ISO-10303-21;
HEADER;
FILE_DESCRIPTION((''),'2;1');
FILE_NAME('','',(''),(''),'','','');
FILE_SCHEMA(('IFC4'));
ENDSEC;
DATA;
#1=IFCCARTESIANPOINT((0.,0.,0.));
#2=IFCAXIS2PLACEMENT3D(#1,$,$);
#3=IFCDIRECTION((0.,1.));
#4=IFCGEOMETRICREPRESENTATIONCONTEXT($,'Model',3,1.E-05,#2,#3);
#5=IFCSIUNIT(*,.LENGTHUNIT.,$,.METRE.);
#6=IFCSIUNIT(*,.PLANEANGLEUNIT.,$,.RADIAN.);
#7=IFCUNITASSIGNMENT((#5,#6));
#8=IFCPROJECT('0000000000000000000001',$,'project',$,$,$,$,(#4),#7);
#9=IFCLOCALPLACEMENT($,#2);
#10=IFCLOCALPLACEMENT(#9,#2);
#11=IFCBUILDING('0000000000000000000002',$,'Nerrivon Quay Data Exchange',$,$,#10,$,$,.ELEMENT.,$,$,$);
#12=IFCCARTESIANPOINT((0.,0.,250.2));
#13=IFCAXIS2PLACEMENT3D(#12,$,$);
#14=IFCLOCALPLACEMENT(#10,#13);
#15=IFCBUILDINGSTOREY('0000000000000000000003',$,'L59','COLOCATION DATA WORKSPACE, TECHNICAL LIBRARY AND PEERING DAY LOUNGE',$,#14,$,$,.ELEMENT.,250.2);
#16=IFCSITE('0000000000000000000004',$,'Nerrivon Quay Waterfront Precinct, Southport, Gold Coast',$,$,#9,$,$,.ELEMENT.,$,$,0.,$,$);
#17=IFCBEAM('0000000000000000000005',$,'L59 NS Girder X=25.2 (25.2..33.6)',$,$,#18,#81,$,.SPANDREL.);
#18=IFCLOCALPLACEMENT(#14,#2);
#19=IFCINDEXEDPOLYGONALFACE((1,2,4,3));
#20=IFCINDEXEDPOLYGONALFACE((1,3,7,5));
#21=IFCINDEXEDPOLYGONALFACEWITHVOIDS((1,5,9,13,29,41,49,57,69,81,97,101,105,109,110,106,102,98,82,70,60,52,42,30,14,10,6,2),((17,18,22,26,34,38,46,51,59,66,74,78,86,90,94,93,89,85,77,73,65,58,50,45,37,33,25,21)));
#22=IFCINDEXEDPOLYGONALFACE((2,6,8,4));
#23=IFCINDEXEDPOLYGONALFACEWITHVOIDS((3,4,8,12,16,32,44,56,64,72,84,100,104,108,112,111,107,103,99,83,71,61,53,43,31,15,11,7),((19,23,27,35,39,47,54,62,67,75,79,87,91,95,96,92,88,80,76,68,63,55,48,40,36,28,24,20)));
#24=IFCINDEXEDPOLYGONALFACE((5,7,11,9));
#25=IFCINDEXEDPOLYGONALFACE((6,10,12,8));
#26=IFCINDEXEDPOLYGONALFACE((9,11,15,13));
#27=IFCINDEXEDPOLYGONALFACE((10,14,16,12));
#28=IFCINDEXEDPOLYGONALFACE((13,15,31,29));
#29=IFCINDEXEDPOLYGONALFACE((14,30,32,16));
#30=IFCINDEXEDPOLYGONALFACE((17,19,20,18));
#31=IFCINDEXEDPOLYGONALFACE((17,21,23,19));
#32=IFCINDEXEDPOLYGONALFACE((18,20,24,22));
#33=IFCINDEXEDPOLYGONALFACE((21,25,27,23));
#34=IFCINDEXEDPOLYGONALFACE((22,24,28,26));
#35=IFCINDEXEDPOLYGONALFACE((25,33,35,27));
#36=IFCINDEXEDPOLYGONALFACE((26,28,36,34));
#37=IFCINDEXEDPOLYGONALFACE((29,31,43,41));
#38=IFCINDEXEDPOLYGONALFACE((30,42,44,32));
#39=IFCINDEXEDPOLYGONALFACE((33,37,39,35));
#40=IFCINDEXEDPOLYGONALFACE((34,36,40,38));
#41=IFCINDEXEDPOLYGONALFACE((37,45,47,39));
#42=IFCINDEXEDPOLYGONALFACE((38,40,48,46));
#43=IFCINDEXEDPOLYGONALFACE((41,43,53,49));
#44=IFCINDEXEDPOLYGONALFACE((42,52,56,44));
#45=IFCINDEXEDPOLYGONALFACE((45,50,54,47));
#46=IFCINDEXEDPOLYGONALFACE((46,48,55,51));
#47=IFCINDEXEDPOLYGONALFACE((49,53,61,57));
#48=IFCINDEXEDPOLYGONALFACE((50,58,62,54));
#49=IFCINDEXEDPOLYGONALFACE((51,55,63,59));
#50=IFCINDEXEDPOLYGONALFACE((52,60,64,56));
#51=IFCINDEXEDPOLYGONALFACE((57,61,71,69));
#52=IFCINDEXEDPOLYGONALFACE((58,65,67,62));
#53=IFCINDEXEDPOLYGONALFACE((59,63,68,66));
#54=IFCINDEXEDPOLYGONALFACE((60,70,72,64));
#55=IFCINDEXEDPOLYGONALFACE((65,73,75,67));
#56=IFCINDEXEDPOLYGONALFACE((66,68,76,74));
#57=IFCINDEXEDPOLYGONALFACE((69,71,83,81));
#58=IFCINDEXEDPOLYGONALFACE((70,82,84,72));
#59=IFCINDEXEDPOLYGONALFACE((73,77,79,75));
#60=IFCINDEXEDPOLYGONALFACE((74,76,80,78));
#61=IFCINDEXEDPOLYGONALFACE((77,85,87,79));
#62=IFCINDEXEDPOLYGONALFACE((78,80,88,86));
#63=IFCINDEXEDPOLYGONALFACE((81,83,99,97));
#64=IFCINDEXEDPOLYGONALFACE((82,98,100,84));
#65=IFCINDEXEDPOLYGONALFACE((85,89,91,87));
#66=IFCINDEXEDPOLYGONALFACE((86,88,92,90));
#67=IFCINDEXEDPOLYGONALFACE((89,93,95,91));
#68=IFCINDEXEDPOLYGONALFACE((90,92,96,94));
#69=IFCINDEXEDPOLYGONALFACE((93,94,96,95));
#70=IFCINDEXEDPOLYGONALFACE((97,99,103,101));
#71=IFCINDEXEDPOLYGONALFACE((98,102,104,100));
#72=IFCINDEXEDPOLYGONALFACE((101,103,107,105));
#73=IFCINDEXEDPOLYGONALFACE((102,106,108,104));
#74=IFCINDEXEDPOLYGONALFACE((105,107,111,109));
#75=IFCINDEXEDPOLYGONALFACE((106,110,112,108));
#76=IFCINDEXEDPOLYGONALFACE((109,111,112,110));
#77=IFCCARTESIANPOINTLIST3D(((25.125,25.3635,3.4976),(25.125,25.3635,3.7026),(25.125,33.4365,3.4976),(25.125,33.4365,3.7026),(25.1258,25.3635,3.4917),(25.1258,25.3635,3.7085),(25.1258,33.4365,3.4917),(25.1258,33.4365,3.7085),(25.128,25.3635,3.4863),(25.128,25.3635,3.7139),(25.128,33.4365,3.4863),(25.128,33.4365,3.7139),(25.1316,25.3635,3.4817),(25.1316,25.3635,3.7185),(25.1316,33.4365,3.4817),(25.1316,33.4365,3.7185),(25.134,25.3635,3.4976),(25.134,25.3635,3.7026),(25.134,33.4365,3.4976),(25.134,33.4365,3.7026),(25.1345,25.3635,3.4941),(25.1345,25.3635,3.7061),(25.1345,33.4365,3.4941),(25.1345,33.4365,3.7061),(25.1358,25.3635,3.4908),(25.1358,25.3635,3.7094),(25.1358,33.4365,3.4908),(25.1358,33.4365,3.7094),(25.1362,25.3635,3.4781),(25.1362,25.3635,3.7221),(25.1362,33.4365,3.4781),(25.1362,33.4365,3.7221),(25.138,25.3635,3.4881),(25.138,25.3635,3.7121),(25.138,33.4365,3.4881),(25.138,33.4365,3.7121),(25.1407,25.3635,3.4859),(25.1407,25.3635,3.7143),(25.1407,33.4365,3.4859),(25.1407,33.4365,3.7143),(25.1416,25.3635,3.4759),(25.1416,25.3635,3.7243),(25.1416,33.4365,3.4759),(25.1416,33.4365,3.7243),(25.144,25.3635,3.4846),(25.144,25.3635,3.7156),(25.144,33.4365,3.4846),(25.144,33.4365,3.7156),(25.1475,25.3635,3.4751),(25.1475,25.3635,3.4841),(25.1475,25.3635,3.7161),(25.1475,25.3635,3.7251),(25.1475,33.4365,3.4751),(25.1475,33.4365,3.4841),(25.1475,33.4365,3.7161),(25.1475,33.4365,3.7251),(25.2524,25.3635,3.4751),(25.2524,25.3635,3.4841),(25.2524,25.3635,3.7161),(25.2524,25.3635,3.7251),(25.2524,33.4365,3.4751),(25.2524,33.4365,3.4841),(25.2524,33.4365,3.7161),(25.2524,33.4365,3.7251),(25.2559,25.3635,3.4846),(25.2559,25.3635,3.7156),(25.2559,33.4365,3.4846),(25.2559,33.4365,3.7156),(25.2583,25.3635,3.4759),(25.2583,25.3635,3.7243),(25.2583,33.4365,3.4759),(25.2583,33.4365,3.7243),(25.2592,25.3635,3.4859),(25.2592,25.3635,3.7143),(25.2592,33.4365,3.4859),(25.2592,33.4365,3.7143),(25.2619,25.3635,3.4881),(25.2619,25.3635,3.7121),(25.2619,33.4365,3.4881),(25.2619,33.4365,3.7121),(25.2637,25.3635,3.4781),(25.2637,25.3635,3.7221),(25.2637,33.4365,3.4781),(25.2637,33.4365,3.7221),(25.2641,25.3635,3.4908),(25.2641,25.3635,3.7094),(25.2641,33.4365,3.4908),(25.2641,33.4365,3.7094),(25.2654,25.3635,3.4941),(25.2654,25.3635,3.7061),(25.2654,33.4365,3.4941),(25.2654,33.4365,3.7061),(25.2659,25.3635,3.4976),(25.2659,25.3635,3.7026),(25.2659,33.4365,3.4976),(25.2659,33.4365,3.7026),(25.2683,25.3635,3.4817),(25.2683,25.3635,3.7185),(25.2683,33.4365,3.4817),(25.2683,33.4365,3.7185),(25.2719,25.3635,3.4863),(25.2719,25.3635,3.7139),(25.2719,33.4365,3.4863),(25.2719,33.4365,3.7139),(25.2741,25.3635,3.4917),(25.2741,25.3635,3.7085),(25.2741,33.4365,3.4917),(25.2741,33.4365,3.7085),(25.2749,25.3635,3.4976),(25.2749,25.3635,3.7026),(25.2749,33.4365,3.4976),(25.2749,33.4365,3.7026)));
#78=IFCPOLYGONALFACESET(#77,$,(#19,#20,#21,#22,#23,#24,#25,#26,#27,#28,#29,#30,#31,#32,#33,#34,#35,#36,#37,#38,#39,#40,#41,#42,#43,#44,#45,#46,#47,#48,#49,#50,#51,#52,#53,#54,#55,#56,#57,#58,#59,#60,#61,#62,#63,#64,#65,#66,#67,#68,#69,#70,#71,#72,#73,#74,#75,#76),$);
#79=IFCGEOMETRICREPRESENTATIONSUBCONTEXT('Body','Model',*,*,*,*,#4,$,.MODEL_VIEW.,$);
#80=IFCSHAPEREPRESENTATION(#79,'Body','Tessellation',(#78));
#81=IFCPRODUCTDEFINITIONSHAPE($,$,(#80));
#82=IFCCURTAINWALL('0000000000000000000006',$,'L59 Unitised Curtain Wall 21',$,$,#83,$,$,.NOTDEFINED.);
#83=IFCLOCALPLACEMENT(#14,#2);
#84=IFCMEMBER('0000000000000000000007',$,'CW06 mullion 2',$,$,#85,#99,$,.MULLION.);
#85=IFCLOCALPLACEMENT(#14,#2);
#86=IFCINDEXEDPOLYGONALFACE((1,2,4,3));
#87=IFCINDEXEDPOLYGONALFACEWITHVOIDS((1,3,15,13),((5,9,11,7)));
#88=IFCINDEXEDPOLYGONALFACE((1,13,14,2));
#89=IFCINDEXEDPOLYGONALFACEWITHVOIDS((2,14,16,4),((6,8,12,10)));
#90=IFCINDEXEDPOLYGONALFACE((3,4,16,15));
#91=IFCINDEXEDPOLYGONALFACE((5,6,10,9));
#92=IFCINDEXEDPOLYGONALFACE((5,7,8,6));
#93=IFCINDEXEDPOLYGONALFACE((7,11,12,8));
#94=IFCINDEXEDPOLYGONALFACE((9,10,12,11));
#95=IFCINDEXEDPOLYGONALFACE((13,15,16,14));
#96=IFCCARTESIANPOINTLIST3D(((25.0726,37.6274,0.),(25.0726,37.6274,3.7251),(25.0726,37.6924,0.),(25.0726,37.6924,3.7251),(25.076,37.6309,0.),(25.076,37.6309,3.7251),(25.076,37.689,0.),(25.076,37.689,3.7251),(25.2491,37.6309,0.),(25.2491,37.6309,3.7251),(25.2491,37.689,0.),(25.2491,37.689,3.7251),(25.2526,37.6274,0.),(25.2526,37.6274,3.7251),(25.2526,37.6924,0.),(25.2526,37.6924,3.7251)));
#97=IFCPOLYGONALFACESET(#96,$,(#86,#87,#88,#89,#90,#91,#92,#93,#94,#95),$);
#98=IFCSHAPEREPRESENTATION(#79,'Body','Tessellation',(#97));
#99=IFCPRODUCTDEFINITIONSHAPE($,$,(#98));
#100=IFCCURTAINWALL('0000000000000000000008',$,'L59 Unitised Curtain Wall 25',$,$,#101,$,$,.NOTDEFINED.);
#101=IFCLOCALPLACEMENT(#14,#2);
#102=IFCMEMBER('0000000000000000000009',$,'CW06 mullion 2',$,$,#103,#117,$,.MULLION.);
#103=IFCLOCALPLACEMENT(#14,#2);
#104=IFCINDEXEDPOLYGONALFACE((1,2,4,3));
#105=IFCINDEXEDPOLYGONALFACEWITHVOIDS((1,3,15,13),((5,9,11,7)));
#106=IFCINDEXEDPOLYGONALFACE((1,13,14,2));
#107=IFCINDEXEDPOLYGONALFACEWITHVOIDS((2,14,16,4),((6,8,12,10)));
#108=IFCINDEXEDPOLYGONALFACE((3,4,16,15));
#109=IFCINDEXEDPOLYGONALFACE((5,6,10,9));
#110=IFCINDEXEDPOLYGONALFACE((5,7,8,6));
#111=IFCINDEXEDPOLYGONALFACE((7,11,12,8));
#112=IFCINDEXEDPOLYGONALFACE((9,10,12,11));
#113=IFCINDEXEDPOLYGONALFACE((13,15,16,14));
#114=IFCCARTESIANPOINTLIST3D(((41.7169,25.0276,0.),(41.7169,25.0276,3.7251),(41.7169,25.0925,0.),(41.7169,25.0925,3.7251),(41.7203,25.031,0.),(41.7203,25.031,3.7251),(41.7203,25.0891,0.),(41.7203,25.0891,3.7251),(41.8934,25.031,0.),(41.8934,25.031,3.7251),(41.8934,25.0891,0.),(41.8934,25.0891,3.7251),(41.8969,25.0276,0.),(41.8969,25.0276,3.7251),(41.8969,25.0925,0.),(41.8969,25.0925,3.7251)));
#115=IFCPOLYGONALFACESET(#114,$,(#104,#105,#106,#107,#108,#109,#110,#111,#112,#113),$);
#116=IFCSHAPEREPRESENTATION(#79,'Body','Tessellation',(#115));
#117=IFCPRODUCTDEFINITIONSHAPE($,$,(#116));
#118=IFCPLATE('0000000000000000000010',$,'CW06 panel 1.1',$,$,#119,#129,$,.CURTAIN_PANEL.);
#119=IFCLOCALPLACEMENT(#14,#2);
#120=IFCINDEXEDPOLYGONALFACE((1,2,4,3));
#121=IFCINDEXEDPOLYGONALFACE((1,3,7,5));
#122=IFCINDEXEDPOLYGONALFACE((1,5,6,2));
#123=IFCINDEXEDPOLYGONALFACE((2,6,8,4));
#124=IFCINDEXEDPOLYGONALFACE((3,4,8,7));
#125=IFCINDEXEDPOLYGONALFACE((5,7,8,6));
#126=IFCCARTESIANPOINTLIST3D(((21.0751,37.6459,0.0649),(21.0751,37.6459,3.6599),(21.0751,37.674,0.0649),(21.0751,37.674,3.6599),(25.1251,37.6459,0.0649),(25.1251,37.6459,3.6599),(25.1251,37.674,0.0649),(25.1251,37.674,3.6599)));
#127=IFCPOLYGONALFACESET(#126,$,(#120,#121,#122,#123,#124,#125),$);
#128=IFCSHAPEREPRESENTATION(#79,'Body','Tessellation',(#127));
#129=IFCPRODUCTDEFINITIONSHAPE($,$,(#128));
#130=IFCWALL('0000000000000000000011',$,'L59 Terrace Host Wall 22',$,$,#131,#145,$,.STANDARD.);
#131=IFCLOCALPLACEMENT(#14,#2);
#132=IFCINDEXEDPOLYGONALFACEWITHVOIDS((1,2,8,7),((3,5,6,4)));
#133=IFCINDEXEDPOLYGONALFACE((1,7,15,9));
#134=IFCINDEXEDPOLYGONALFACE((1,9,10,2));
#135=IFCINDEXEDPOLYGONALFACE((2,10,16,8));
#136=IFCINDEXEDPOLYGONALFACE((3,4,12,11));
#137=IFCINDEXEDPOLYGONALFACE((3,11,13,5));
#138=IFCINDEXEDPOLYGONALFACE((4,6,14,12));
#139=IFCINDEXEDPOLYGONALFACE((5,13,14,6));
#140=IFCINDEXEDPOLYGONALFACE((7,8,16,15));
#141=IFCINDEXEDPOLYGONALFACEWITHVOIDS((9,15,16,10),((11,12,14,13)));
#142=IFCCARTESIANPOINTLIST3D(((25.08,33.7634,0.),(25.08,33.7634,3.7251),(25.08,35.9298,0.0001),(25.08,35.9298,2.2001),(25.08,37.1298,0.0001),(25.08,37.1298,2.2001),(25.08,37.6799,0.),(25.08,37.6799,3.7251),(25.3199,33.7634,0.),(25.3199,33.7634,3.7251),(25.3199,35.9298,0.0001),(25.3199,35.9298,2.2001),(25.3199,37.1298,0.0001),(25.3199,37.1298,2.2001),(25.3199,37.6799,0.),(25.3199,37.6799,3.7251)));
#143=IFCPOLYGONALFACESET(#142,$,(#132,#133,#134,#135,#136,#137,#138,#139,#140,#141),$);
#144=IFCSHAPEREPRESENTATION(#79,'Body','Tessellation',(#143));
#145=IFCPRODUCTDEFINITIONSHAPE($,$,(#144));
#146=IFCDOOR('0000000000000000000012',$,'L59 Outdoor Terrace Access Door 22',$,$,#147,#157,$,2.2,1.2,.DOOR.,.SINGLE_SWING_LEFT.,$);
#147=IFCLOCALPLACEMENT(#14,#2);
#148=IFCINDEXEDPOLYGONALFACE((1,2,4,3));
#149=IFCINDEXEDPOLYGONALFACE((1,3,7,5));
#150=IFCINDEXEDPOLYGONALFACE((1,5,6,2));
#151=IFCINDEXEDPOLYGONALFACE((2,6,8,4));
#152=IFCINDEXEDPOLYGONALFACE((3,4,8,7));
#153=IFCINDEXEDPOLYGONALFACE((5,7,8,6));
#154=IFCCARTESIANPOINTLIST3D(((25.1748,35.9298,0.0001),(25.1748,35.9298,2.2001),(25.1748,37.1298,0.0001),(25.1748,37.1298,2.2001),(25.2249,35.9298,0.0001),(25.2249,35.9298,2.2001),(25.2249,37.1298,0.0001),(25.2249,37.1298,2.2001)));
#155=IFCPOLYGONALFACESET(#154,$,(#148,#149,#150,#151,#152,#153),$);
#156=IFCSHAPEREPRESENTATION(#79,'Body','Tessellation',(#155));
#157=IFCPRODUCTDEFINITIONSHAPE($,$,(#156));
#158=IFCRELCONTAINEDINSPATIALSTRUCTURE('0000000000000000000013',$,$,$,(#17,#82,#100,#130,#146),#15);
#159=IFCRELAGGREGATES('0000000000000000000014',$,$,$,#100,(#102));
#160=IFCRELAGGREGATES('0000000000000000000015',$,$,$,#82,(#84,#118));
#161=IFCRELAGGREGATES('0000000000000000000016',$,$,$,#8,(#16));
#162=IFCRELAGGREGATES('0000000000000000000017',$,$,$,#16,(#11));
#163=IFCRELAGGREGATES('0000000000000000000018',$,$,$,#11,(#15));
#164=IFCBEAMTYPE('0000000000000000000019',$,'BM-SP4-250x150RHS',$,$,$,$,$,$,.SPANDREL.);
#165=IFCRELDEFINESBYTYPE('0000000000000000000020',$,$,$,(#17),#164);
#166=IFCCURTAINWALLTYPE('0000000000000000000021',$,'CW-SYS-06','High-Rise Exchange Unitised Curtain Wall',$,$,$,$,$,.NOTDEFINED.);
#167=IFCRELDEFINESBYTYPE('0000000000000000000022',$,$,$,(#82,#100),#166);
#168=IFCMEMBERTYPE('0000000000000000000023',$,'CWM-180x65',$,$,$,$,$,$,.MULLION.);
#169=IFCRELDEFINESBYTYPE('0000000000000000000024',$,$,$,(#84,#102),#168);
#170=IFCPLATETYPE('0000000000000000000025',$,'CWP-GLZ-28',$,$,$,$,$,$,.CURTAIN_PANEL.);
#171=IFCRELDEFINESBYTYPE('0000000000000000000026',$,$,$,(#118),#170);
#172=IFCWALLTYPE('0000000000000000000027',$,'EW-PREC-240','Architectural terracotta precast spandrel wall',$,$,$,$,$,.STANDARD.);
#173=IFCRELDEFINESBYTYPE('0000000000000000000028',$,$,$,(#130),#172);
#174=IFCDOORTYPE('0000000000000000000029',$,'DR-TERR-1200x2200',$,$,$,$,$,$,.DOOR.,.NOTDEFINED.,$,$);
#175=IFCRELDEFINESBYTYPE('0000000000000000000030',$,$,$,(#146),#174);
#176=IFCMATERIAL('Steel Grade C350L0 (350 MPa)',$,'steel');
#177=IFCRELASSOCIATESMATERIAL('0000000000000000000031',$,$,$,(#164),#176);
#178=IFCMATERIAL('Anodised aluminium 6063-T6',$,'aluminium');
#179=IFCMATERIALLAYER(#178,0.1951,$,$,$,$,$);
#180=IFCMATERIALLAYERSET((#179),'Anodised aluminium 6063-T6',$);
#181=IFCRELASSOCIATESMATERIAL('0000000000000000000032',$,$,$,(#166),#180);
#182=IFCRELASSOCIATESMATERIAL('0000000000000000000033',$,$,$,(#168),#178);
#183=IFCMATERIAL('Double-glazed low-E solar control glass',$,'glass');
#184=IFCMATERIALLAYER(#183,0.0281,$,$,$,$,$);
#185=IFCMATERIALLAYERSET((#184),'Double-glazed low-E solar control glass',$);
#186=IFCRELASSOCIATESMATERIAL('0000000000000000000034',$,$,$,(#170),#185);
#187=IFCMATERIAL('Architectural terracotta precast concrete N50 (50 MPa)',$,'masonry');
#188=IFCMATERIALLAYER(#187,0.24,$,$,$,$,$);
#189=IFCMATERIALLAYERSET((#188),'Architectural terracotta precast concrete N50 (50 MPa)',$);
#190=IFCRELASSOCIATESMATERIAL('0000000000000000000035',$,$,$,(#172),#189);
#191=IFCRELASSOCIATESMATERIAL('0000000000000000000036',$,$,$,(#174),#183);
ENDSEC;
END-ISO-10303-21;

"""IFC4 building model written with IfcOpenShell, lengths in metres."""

from ifc_helpers import new_model, si_unit, direction, frame, frame_2d, origin, origin_2d, place, context, subcontext, project, spatial, rectangle, hollow_rectangle, extrude, material, layer, layer_set, material_profile, profile_set, type_object, element, fill, aggregate, save


model = new_model("IFC4")

# Units and contexts
model_context = context("Model", 3, precision=1e-05, world=origin(), true_north=direction((0.0, 1.0)))
body_context = subcontext(model_context, "Body", "Model", "MODEL_VIEW")
ifc_project = project(units=[si_unit("LENGTHUNIT", "METRE"), si_unit("PLANEANGLEUNIT", "RADIAN")], contexts=[model_context])

# Site, building, storey
site_placement = place(None, origin())
site = spatial("IfcSite", under=ifc_project, at=site_placement, Name="Nerrivon Quay Waterfront Precinct, Southport, Gold Coast", CompositionType="ELEMENT", RefElevation=0.0)
building_placement = place(site_placement, origin())
building = spatial("IfcBuilding", under=site, at=building_placement, Name="Nerrivon Quay Data Exchange", CompositionType="ELEMENT")
storey_placement = place(building_placement, frame((0.0, 0.0, 250.2)))
storey = spatial("IfcBuildingStorey", under=building, at=storey_placement, Name="L59", Description="COLOCATION DATA WORKSPACE, TECHNICAL LIBRARY AND PEERING DAY LOUNGE", CompositionType="ELEMENT", Elevation=250.2)

# Beam
ifc_material_1 = material(Name="Steel Grade C350L0 (350 MPa)", Category="steel")
ifc_material_profile_1 = material_profile(ifc_material_1, hollow_rectangle(XDim=0.1499, YDim=0.25, WallThickness=0.009, InnerFilletRadius=0.0134, OuterFilletRadius=0.0225, at=origin_2d()), Name="250x150x9.0RHS")
ifc_profile_set_1 = profile_set([ifc_material_profile_1], Name="Steel Grade C350L0 (350 MPa)")
beam_type = type_object("IfcBeamType", Name="BM-SP4-250x150RHS", PredefinedType="SPANDREL", material=ifc_profile_set_1)
beam_placement = place(storey_placement, frame((25.2, 25.3635, 3.6001), z_axis=(0.0, 1.0, 0.0), x_axis=(-1.0, 0.0, 0.0)))
element("IfcBeam", 1, at=beam_placement, inside=storey, type_object=beam_type, Name="L59 NS Girder X=25.2 (25.2..33.6)", PredefinedType="SPANDREL", context=body_context, shape_type="SweptSolid", body=[
    extrude(hollow_rectangle(XDim=0.1499, YDim=0.25, WallThickness=0.009, InnerFilletRadius=0.0134, OuterFilletRadius=0.0225, at=origin_2d()), origin(), (0.0, 0.0, 1.0), 8.073),
])

# Curtain walls, members
ifc_material_2 = material(Name="Anodised aluminium 6063-T6", Category="aluminium")
ifc_layer_1 = layer(ifc_material_2, 0.1951)
ifc_layer_set_1 = layer_set([ifc_layer_1], Name="Anodised aluminium 6063-T6")
curtain_wall_type = type_object("IfcCurtainWallType", Name="CW-SYS-06", Description="High-Rise Exchange Unitised Curtain Wall", PredefinedType="NOTDEFINED", material=ifc_layer_set_1)
curtain_wall_1_placement = place(storey_placement, origin())
curtain_wall_1 = element("IfcCurtainWall", 2, at=curtain_wall_1_placement, inside=storey, type_object=curtain_wall_type, Name="L59 Unitised Curtain Wall 21", PredefinedType="NOTDEFINED")
ifc_material_profile_2 = material_profile(ifc_material_2, hollow_rectangle(XDim=0.0649, YDim=0.1799, WallThickness=0.0034, at=origin_2d()), Name="ALU-MULL-180x65")
ifc_profile_set_2 = profile_set([ifc_material_profile_2], Name="Anodised aluminium 6063-T6")
member_type = type_object("IfcMemberType", Name="CWM-180x65", PredefinedType="MULLION", material=ifc_profile_set_2)
member_1_placement = place(storey_placement, frame((25.1626, 37.6599, 0.0), z_axis=(0.0, 0.0, 1.0), x_axis=(0.0, 1.0, 0.0)))
member_1 = element("IfcMember", 3, at=member_1_placement, type_object=member_type, Name="CW06 mullion 2", PredefinedType="MULLION", context=body_context, shape_type="SweptSolid", body=[
    extrude(hollow_rectangle(XDim=0.0649, YDim=0.1799, WallThickness=0.0034, at=origin_2d()), origin(), (0.0, 0.0, 1.0), 3.7251),
])
curtain_wall_2_placement = place(storey_placement, origin())
curtain_wall_2 = element("IfcCurtainWall", 4, at=curtain_wall_2_placement, inside=storey, type_object=curtain_wall_type, Name="L59 Unitised Curtain Wall 25", PredefinedType="NOTDEFINED")
member_2_placement = place(storey_placement, frame((41.8069, 25.0601, 0.0), z_axis=(0.0, 0.0, 1.0), x_axis=(0.0, 1.0, 0.0)))
member_2 = element("IfcMember", 5, at=member_2_placement, type_object=member_type, Name="CW06 mullion 2", PredefinedType="MULLION", context=body_context, shape_type="SweptSolid", body=[
    extrude(hollow_rectangle(XDim=0.0649, YDim=0.1799, WallThickness=0.0034, at=origin_2d()), origin(), (0.0, 0.0, 1.0), 3.7251),
])
aggregate(curtain_wall_2, [member_2])

# Plate
ifc_material_3 = material(Name="Double-glazed low-E solar control glass", Category="glass")
ifc_layer_2 = layer(ifc_material_3, 0.0281)
ifc_layer_set_2 = layer_set([ifc_layer_2], Name="Double-glazed low-E solar control glass")
plate_type = type_object("IfcPlateType", Name="CWP-GLZ-28", PredefinedType="CURTAIN_PANEL", material=ifc_layer_set_2)
plate_placement = place(storey_placement, frame((23.1001, 37.6599, 0.0649), z_axis=(0.0, 0.0, 1.0), x_axis=(1.0, 0.0, 0.0)))
plate = element("IfcPlate", 6, at=plate_placement, type_object=plate_type, Name="CW06 panel 1.1", PredefinedType="CURTAIN_PANEL", context=body_context, shape_type="SweptSolid", body=[
    extrude(rectangle(XDim=4.05, YDim=0.0281, at=origin_2d()), origin(), (0.0, 0.0, 1.0), 3.595),
])
aggregate(curtain_wall_1, [member_1, plate])

# Wall, opening, door
ifc_material_4 = material(Name="Architectural terracotta precast concrete N50 (50 MPa)", Category="masonry")
ifc_layer_3 = layer(ifc_material_4, 0.24)
ifc_layer_set_3 = layer_set([ifc_layer_3], Name="Architectural terracotta precast concrete N50 (50 MPa)")
wall_type = type_object("IfcWallType", Name="EW-PREC-240", Description="Architectural terracotta precast spandrel wall", PredefinedType="STANDARD", material=ifc_layer_set_3)
wall_1_placement = place(storey_placement, frame((25.2, 37.6799, 0.0), z_axis=(0.0, 0.0, 1.0), x_axis=(0.0, -1.0, 0.0)))
wall_1 = element("IfcWall", 7, at=wall_1_placement, inside=storey, type_object=wall_type, Name="L59 Terrace Host Wall 22", PredefinedType="STANDARD", context=body_context, shape_type="SweptSolid", body=[
    extrude(rectangle(XDim=3.9165, YDim=0.24, at=frame_2d((1.9583, 0.0))), origin(), (0.0, 0.0, 1.0), 3.7251),
])
opening_1_placement = place(wall_1_placement, frame((0.55, 0.0, 0.0)))
opening_1 = element("IfcOpeningElement", 8, at=opening_1_placement, cuts=wall_1, PredefinedType="OPENING", context=body_context, shape_type="SweptSolid", body=[
    extrude(rectangle(XDim=1.2, YDim=2.2, at=frame_2d((0.6001, 1.1001))), frame((0.0, 0.1299, 0.0), z_axis=(0.0, -1.0, 0.0), x_axis=(1.0, 0.0, 0.0)), (0.0, 0.0, 1.0), 0.26),
])
door_type = type_object("IfcDoorType", Name="DR-TERR-1200x2200", OperationType="NOTDEFINED", PredefinedType="DOOR", material=ifc_material_3)
door_1_placement = place(opening_1_placement, origin())
door_1 = element("IfcDoor", 9, at=door_1_placement, inside=storey, type_object=door_type, Name="L59 Outdoor Terrace Access Door 22", OperationType="SINGLE_SWING_LEFT", OverallHeight=2.2, OverallWidth=1.2, PredefinedType="DOOR", context=body_context, shape_type="SweptSolid", body=[
    extrude(rectangle(XDim=1.2, YDim=2.2, at=frame_2d((0.6001, 1.1001))), frame((0.0, 0.0249, 0.0), z_axis=(0.0, -1.0, 0.0), x_axis=(1.0, 0.0, 0.0)), (0.0, 0.0, 1.0), 0.05),
])
fill(opening_1, door_1)

save(model, "model.ifc")
